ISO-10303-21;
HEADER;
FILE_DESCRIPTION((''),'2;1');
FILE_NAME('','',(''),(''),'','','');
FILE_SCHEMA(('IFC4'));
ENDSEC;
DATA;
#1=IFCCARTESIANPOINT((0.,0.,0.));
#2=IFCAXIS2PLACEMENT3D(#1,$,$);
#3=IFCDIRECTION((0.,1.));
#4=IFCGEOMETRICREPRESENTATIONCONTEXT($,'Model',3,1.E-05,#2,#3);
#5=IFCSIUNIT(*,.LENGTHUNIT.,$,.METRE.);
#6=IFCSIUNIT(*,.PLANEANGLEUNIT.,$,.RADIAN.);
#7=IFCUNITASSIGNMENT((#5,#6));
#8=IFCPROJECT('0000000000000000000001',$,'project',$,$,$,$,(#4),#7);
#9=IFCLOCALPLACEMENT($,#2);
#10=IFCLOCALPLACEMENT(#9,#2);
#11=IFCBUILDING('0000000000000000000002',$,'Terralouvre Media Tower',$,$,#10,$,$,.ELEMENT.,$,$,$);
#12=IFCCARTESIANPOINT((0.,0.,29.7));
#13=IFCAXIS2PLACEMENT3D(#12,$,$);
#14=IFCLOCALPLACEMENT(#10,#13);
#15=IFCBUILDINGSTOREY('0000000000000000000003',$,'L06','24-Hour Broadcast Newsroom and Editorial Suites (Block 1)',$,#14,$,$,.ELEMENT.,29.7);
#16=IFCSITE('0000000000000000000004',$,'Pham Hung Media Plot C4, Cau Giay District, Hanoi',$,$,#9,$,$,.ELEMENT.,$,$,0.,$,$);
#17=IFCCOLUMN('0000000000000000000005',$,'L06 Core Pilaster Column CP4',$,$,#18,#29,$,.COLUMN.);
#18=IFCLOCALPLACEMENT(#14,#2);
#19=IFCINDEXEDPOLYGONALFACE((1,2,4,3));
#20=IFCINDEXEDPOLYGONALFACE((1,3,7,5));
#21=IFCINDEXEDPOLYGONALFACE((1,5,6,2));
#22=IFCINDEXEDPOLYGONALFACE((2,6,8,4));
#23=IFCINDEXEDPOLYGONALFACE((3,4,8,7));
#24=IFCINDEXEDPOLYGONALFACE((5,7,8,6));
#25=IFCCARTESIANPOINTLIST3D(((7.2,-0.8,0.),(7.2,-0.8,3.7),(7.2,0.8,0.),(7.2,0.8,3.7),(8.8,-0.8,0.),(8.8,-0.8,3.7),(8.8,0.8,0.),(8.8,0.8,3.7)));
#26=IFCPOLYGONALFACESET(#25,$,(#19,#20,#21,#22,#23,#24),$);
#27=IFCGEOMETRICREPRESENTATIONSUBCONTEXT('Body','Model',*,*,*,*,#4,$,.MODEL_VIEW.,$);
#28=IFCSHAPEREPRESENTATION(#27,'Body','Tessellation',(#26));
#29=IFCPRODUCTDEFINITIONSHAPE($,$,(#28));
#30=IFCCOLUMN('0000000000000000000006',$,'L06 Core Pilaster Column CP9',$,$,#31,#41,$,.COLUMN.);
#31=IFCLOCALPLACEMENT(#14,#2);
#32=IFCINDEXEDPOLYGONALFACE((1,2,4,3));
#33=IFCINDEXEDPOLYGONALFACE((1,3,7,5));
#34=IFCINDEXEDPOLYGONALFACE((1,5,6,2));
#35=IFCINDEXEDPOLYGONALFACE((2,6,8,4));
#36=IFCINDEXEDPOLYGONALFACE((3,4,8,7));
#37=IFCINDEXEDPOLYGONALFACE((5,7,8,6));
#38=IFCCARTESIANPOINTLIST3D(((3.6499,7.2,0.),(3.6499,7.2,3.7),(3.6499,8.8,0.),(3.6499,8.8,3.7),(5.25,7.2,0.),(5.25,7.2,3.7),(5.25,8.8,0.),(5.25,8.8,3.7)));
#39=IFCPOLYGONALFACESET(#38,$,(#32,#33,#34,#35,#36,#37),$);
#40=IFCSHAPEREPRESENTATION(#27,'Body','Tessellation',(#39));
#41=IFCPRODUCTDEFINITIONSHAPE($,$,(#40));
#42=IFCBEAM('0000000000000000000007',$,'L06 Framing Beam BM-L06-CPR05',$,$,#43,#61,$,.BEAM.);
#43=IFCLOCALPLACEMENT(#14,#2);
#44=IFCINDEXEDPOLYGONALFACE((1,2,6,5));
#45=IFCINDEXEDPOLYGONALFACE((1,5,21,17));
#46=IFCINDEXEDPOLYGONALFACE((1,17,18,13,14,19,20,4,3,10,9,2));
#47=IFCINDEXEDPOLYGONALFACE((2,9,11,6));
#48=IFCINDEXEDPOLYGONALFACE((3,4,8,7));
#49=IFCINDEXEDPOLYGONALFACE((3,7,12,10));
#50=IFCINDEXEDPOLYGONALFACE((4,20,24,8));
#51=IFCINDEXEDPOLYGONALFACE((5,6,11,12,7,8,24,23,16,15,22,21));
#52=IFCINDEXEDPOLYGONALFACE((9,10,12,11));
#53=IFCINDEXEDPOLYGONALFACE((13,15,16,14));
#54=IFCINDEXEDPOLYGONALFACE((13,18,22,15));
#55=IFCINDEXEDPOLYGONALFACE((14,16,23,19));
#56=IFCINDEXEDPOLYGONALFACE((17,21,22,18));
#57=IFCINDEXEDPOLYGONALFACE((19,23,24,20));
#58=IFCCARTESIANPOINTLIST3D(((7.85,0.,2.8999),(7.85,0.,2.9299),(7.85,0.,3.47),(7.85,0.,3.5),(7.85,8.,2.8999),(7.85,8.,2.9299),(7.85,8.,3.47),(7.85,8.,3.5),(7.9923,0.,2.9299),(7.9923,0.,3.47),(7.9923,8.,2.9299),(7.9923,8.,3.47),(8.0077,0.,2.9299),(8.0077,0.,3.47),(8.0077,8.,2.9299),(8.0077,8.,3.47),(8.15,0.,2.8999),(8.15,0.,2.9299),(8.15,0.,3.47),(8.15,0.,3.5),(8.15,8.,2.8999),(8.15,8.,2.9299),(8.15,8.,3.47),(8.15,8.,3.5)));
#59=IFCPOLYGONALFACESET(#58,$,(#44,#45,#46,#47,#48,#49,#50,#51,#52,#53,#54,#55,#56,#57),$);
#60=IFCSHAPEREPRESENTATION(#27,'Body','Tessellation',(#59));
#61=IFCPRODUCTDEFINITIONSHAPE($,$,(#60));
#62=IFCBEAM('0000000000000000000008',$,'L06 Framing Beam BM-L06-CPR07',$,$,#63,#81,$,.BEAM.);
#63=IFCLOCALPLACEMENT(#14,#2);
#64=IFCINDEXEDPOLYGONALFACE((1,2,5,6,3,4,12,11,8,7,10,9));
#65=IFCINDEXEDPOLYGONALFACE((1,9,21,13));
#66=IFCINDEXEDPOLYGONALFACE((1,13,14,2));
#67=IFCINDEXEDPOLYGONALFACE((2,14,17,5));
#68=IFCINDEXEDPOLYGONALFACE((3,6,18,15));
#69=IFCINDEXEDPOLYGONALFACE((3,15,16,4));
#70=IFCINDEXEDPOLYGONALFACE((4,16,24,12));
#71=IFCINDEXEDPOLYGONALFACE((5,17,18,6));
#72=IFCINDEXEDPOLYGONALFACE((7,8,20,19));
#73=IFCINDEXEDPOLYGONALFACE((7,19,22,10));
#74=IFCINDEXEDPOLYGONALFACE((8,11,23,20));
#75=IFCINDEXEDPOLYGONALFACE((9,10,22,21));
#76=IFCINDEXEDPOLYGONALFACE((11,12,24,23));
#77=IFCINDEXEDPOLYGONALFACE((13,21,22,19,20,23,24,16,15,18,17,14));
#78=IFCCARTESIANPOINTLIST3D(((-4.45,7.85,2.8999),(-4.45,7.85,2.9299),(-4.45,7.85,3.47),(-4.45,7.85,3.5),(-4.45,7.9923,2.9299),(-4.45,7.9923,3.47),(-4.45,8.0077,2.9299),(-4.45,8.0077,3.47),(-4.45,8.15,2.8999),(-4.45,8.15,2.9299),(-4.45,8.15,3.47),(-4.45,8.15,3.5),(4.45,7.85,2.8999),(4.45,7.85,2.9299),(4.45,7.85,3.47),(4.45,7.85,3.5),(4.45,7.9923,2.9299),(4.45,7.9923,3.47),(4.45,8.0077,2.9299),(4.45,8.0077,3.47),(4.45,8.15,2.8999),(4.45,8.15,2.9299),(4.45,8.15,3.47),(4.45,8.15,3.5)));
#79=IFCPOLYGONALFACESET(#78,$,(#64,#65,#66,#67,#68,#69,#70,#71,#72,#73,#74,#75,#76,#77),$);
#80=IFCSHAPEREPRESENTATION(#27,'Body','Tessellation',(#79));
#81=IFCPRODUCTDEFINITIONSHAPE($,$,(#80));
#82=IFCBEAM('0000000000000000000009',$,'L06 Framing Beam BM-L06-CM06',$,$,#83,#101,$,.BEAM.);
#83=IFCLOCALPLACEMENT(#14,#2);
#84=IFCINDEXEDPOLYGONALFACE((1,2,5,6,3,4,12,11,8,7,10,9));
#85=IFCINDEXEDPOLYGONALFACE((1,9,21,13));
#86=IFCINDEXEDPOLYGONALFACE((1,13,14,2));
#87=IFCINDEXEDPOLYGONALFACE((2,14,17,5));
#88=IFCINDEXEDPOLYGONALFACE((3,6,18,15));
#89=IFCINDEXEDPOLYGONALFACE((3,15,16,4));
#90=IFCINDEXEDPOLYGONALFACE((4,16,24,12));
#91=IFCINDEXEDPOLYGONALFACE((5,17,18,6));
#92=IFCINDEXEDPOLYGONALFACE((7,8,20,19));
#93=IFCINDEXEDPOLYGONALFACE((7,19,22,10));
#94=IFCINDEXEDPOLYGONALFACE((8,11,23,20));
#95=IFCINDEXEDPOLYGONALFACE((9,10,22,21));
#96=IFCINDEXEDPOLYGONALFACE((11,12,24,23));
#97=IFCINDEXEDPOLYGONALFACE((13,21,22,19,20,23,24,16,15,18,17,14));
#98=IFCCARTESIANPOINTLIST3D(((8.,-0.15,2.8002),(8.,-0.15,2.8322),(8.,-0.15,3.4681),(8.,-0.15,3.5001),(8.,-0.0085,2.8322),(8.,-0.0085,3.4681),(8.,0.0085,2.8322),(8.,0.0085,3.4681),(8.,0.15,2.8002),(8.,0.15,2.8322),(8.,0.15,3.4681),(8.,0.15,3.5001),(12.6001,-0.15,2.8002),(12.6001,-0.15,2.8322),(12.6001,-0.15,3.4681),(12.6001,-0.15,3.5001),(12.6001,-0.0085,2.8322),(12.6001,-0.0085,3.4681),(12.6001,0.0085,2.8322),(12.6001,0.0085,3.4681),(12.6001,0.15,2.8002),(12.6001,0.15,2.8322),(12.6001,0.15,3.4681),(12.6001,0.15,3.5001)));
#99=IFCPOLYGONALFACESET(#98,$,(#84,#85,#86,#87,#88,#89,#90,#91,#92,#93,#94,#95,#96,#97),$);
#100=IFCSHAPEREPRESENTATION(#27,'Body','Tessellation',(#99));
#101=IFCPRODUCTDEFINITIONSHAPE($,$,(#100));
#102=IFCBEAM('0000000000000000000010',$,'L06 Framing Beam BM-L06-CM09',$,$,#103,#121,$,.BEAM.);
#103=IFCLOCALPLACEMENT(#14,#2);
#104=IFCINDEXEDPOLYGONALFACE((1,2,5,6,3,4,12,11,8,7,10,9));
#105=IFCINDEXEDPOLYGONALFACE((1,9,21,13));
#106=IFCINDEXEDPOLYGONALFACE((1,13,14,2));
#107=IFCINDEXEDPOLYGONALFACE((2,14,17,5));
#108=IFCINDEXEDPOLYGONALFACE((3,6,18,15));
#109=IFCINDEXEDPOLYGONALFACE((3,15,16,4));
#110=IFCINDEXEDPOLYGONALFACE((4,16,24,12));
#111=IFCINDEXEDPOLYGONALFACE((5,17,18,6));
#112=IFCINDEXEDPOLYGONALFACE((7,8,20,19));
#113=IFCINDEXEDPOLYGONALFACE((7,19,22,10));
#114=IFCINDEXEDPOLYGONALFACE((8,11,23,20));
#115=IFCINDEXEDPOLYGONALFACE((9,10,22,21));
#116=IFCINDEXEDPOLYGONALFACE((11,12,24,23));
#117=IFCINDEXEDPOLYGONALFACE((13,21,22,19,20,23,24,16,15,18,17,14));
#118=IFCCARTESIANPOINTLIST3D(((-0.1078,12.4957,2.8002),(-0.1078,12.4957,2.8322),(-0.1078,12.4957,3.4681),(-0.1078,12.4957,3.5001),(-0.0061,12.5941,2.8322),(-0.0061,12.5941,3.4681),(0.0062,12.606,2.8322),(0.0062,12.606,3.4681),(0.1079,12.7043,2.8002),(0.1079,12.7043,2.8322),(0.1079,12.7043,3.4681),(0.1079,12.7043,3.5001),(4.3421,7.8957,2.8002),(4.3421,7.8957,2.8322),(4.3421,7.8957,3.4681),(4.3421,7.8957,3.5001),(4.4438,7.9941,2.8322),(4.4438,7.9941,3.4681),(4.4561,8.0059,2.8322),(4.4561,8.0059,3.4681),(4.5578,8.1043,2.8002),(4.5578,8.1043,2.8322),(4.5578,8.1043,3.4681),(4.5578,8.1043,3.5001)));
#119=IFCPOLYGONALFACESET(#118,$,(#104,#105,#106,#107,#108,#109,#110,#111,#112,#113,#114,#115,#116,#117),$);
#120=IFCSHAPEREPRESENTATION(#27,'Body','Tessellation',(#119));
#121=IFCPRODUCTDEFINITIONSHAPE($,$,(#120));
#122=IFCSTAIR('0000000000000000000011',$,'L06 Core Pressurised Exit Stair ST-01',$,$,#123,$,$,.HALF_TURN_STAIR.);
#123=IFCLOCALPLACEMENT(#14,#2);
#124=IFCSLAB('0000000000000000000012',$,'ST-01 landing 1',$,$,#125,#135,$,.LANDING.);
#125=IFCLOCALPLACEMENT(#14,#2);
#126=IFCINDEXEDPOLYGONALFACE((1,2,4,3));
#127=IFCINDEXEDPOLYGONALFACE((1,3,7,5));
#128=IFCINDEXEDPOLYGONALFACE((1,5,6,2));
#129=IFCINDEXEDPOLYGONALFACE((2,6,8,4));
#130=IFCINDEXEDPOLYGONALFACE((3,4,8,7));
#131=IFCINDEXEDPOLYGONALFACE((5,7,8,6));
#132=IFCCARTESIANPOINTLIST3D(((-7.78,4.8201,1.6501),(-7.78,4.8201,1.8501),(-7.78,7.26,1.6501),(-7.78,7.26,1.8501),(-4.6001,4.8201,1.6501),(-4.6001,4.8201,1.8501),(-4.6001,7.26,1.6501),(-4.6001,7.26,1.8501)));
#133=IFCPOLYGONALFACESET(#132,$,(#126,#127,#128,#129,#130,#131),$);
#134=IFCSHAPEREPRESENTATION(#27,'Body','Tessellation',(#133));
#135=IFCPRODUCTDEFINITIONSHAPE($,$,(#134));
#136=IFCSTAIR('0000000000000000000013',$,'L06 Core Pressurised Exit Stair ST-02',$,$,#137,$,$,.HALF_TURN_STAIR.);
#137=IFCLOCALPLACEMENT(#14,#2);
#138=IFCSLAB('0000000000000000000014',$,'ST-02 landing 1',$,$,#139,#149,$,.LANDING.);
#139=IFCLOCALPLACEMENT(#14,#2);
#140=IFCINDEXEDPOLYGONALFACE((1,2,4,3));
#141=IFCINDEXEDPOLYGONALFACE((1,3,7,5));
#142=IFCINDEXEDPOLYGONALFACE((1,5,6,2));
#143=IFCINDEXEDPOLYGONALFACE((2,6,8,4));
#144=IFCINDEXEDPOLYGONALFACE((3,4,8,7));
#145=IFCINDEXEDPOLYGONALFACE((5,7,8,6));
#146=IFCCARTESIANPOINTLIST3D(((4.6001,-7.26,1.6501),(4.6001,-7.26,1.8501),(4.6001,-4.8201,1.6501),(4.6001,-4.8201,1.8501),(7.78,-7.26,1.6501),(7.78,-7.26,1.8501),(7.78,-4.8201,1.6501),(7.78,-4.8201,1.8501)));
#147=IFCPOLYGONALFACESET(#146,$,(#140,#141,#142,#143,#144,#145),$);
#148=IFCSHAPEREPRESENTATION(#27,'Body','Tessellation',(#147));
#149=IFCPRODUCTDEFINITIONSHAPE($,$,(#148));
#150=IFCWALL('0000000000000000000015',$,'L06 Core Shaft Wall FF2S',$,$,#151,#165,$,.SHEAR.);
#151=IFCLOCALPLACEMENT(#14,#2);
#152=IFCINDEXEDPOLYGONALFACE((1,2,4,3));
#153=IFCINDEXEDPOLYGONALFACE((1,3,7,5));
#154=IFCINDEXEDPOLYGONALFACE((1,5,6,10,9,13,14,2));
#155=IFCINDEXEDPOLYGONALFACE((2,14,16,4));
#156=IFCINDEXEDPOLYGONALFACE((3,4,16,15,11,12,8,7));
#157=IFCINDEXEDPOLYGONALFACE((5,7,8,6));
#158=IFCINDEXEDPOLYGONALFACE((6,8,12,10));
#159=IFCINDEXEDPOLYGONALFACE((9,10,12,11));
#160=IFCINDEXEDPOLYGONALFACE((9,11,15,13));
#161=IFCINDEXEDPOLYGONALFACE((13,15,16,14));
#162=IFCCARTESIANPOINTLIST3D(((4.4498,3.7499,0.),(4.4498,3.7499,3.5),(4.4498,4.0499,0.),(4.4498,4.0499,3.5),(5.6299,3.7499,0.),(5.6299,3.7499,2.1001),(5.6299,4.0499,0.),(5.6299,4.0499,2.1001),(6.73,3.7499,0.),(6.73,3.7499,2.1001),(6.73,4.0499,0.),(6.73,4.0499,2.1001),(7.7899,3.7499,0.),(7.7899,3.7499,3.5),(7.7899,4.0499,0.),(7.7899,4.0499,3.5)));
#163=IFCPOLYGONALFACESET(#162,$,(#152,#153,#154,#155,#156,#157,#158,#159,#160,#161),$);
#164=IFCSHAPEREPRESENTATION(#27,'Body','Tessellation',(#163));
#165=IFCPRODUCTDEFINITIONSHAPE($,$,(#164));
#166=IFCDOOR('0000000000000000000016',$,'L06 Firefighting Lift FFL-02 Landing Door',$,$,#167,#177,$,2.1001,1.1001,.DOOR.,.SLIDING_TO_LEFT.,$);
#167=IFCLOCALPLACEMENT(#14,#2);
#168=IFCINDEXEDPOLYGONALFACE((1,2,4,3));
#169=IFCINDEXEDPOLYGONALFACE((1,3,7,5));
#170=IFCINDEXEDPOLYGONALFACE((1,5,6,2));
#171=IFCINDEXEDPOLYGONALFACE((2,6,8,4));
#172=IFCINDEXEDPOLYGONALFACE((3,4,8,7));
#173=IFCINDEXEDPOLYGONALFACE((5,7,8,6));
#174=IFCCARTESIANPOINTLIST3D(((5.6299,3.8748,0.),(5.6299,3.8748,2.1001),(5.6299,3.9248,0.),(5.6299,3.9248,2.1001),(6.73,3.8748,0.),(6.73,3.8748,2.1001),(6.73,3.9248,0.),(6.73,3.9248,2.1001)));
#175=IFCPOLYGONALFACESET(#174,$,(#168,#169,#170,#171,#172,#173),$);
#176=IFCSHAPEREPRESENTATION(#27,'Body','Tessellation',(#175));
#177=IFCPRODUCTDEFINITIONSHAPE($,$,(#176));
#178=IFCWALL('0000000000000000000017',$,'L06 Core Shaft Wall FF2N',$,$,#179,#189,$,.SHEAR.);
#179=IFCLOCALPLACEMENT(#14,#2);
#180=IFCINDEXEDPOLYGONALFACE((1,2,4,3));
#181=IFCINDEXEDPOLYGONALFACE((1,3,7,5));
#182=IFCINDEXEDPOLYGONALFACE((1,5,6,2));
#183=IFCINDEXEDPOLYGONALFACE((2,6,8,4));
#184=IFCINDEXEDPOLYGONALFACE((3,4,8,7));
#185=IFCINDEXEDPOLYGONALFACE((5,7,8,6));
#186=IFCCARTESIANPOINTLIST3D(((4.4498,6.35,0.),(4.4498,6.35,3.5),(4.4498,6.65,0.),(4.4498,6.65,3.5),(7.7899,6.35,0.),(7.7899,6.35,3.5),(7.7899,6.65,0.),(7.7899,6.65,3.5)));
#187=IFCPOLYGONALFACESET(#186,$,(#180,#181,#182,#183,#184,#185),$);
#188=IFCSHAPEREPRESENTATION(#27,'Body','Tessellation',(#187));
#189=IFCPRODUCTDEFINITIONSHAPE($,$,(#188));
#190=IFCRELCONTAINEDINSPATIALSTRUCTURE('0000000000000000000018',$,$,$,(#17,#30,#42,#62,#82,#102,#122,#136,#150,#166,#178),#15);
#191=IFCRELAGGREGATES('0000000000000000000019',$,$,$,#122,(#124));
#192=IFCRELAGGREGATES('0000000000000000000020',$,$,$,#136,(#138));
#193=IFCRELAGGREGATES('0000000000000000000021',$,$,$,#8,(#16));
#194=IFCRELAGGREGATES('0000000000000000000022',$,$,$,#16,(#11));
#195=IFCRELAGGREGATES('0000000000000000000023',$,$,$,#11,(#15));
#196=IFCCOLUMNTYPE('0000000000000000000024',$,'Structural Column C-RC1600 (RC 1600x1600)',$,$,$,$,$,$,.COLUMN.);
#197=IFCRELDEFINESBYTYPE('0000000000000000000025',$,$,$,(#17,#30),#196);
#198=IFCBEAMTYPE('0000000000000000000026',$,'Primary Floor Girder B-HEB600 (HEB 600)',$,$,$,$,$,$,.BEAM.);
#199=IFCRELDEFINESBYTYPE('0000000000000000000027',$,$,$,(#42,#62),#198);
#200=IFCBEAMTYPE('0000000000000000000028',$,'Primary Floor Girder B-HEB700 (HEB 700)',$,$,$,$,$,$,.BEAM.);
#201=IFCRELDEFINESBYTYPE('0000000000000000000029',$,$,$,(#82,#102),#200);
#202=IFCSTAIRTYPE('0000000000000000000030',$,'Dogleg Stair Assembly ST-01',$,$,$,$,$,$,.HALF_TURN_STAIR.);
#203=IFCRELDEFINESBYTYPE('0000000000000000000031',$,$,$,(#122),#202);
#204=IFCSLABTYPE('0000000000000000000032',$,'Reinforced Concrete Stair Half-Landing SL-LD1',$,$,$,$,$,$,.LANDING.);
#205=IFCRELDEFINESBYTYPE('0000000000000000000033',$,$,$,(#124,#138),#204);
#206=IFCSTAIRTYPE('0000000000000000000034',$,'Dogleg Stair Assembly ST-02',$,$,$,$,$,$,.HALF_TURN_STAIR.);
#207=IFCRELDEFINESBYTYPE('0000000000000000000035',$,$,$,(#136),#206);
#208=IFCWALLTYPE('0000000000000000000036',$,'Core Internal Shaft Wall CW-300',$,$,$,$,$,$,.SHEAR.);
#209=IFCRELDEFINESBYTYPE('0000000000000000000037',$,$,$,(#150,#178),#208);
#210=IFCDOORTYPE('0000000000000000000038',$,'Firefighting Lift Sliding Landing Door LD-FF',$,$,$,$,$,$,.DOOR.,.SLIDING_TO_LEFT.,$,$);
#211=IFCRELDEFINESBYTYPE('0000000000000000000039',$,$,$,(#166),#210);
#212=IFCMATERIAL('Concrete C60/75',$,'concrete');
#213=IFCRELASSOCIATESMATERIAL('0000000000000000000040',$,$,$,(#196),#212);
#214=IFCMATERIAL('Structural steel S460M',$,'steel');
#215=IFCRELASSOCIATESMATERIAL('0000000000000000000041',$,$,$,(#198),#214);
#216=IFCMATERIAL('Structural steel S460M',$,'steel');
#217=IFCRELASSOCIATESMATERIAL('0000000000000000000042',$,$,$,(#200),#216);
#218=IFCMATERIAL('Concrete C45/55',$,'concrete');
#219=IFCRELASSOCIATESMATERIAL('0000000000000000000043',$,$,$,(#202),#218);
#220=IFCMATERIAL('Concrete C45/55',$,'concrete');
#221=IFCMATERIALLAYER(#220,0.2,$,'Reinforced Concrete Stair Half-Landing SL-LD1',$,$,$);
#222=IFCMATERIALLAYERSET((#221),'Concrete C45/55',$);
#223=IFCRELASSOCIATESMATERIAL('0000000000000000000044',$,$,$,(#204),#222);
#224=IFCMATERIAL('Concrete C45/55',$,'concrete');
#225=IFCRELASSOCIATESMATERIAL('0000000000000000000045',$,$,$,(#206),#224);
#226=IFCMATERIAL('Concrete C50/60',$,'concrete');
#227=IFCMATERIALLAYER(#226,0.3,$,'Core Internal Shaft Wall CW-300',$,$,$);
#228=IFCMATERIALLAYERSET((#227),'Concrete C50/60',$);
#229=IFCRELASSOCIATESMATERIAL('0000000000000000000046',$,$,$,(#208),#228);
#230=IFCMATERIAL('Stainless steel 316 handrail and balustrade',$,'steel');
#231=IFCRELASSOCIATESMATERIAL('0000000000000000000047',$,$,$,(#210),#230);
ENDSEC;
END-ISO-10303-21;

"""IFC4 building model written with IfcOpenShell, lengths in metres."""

from ifc_helpers import new_model, si_unit, direction, frame, frame_2d, origin, origin_2d, place, context, subcontext, project, spatial, polyline, rectangle, i_section, outline, extrude, material, layer, layer_set, material_profile, profile_set, type_object, element, fill, aggregate, save


model = new_model("IFC4")

# Units and contexts
model_context = context("Model", 3, precision=1e-05, world=origin(), true_north=direction((0.0, 1.0)))
body_context = subcontext(model_context, "Body", "Model", "MODEL_VIEW")
ifc_project = project(units=[si_unit("LENGTHUNIT", "METRE"), si_unit("PLANEANGLEUNIT", "RADIAN")], contexts=[model_context])

# Site, building, storey
site_placement = place(None, origin())
site = spatial("IfcSite", under=ifc_project, at=site_placement, Name="Pham Hung Media Plot C4, Cau Giay District, Hanoi", CompositionType="ELEMENT", RefElevation=0.0)
building_placement = place(site_placement, origin())
building = spatial("IfcBuilding", under=site, at=building_placement, Name="Terralouvre Media Tower", CompositionType="ELEMENT")
storey_placement = place(building_placement, frame((0.0, 0.0, 29.7)))
storey = spatial("IfcBuildingStorey", under=building, at=storey_placement, Name="L06", Description="24-Hour Broadcast Newsroom and Editorial Suites (Block 1)", CompositionType="ELEMENT", Elevation=29.7)

# Columns
ifc_material_1 = material(Name="Concrete C60/75", Category="concrete")
ifc_material_profile_1 = material_profile(ifc_material_1, rectangle(XDim=1.6001, YDim=1.6001, at=origin_2d()), Name="RC 1600x1600")
ifc_profile_set_1 = profile_set([ifc_material_profile_1], Name="Concrete C60/75")
column_type = type_object("IfcColumnType", Name="Structural Column C-RC1600 (RC 1600x1600)", PredefinedType="COLUMN", material=ifc_profile_set_1)
for number, where, z_axis, x_axis, name in (
    (1, (8.0, 0.0, 0.0), (0.0, 0.0, 1.0), (1.0, 0.0, 0.0), "L06 Core Pilaster Column CP4"),
    (2, (4.45, 8.0, 0.0), (0.0, 0.0, 1.0), (1.0, 0.0, 0.0), "L06 Core Pilaster Column CP9"),
):
    element("IfcColumn", number, at=place(storey_placement, frame(where, z_axis=z_axis, x_axis=x_axis)), inside=storey, type_object=column_type, Name=name, PredefinedType="COLUMN", context=body_context, shape_type="SweptSolid", body=[
        extrude(rectangle(XDim=1.6001, YDim=1.6001, at=origin_2d()), origin(), (0.0, 0.0, 1.0), 3.7),
    ])

# Beams
ifc_material_2 = material(Name="Structural steel S460M", Category="steel")
ifc_material_profile_2 = material_profile(ifc_material_2, i_section(OverallWidth=0.3, OverallDepth=0.6001, WebThickness=0.0154, FlangeThickness=0.03, at=origin_2d()), Name="HEB 600")
ifc_profile_set_2 = profile_set([ifc_material_profile_2], Name="Structural steel S460M")
beam_type_1 = type_object("IfcBeamType", Name="Primary Floor Girder B-HEB600 (HEB 600)", PredefinedType="BEAM", material=ifc_profile_set_2)
beam_1_placement = place(storey_placement, frame((8.0, 0.0, 3.2), z_axis=(0.0, 1.0, 0.0), x_axis=(-1.0, 0.0, 0.0)))
element("IfcBeam", 3, at=beam_1_placement, inside=storey, type_object=beam_type_1, Name="L06 Framing Beam BM-L06-CPR05", PredefinedType="BEAM", context=body_context, shape_type="SweptSolid", body=[
    extrude(i_section(OverallWidth=0.3, OverallDepth=0.6001, WebThickness=0.0154, FlangeThickness=0.03, at=origin_2d()), origin(), (0.0, 0.0, 1.0), 8.0),
])
beam_2_placement = place(storey_placement, frame((4.45, 8.0, 3.2), z_axis=(-1.0, 0.0, 0.0), x_axis=(0.0, -1.0, 0.0)))
element("IfcBeam", 4, at=beam_2_placement, inside=storey, type_object=beam_type_1, Name="L06 Framing Beam BM-L06-CPR07", PredefinedType="BEAM", context=body_context, shape_type="SweptSolid", body=[
    extrude(i_section(OverallWidth=0.3, OverallDepth=0.6001, WebThickness=0.0154, FlangeThickness=0.03, at=origin_2d()), origin(), (0.0, 0.0, 1.0), 8.8999),
])
ifc_material_3 = material(Name="Structural steel S460M", Category="steel")
ifc_material_profile_3 = material_profile(ifc_material_3, i_section(OverallWidth=0.3, OverallDepth=0.7, WebThickness=0.0171, FlangeThickness=0.032, at=origin_2d()), Name="HEB 700")
ifc_profile_set_3 = profile_set([ifc_material_profile_3], Name="Structural steel S460M")
beam_type_2 = type_object("IfcBeamType", Name="Primary Floor Girder B-HEB700 (HEB 700)", PredefinedType="BEAM", material=ifc_profile_set_3)
beam_3_placement = place(storey_placement, frame((8.0, 0.0, 3.1501), z_axis=(1.0, 0.0, 0.0), x_axis=(0.0, 1.0, 0.0)))
element("IfcBeam", 5, at=beam_3_placement, inside=storey, type_object=beam_type_2, Name="L06 Framing Beam BM-L06-CM06", PredefinedType="BEAM", context=body_context, shape_type="SweptSolid", body=[
    extrude(i_section(OverallWidth=0.3, OverallDepth=0.7, WebThickness=0.0171, FlangeThickness=0.032, at=origin_2d()), origin(), (0.0, 0.0, 1.0), 4.6001),
])
beam_4_placement = place(storey_placement, frame((4.45, 8.0, 3.1501), z_axis=(-0.69528, 0.718739, 0.0), x_axis=(-0.718739, -0.69528, 0.0)))
element("IfcBeam", 6, at=beam_4_placement, inside=storey, type_object=beam_type_2, Name="L06 Framing Beam BM-L06-CM09", PredefinedType="BEAM", context=body_context, shape_type="SweptSolid", body=[
    extrude(i_section(OverallWidth=0.3, OverallDepth=0.7, WebThickness=0.0171, FlangeThickness=0.032, at=origin_2d()), origin(), (0.0, 0.0, 1.0), 6.4001),
])

# Stairs, slabs
ifc_material_4 = material(Name="Concrete C45/55", Category="concrete")
stair_type_1 = type_object("IfcStairType", Name="Dogleg Stair Assembly ST-01", PredefinedType="HALF_TURN_STAIR", material=ifc_material_4)
stair_1_placement = place(storey_placement, origin())
stair_1 = element("IfcStair", 7, at=stair_1_placement, inside=storey, type_object=stair_type_1, Name="L06 Core Pressurised Exit Stair ST-01", PredefinedType="HALF_TURN_STAIR")
ifc_material_5 = material(Name="Concrete C45/55", Category="concrete")
ifc_layer_1 = layer(ifc_material_5, 0.2, Name="Reinforced Concrete Stair Half-Landing SL-LD1")
ifc_layer_set_1 = layer_set([ifc_layer_1], Name="Concrete C45/55")
slab_type = type_object("IfcSlabType", Name="Reinforced Concrete Stair Half-Landing SL-LD1", PredefinedType="LANDING", material=ifc_layer_set_1)
slab_1_placement = place(storey_placement, frame((0.0, 0.0, 1.6501)))
slab_1 = element("IfcSlab", 8, at=slab_1_placement, type_object=slab_type, Name="ST-01 landing 1", PredefinedType="LANDING", context=body_context, shape_type="SweptSolid", body=[
    extrude(outline(polyline([(-4.6001, 4.8201), (-4.6001, 7.26), (-7.78, 7.26), (-7.78, 4.8201), (-4.6001, 4.8201)])), origin(), (0.0, 0.0, 1.0), 0.2),
])
aggregate(stair_1, [slab_1])
ifc_material_6 = material(Name="Concrete C45/55", Category="concrete")
stair_type_2 = type_object("IfcStairType", Name="Dogleg Stair Assembly ST-02", PredefinedType="HALF_TURN_STAIR", material=ifc_material_6)
stair_2_placement = place(storey_placement, origin())
stair_2 = element("IfcStair", 9, at=stair_2_placement, inside=storey, type_object=stair_type_2, Name="L06 Core Pressurised Exit Stair ST-02", PredefinedType="HALF_TURN_STAIR")
slab_2_placement = place(storey_placement, frame((0.0, 0.0, 1.6501)))
slab_2 = element("IfcSlab", 10, at=slab_2_placement, type_object=slab_type, Name="ST-02 landing 1", PredefinedType="LANDING", context=body_context, shape_type="SweptSolid", body=[
    extrude(outline(polyline([(4.6001, -4.8201), (4.6001, -7.26), (7.78, -7.26), (7.78, -4.8201), (4.6001, -4.8201)])), origin(), (0.0, 0.0, 1.0), 0.2),
])
aggregate(stair_2, [slab_2])

# Wall, opening, door
ifc_material_7 = material(Name="Concrete C50/60", Category="concrete")
ifc_layer_2 = layer(ifc_material_7, 0.3, Name="Core Internal Shaft Wall CW-300")
ifc_layer_set_2 = layer_set([ifc_layer_2], Name="Concrete C50/60")
wall_type = type_object("IfcWallType", Name="Core Internal Shaft Wall CW-300", PredefinedType="SHEAR", material=ifc_layer_set_2)
wall_1_placement = place(storey_placement, frame((4.45, 3.8999, 0.0), z_axis=(0.0, 0.0, 1.0), x_axis=(1.0, 0.0, 0.0)))
wall_1 = element("IfcWall", 11, at=wall_1_placement, inside=storey, type_object=wall_type, Name="L06 Core Shaft Wall FF2S", PredefinedType="SHEAR", context=body_context, shape_type="SweptSolid", body=[
    extrude(rectangle(XDim=3.3401, YDim=0.3, at=frame_2d((1.6699, 0.0))), origin(), (0.0, 0.0, 1.0), 3.5),
])
opening_1_placement = place(wall_1_placement, frame((1.1799, 0.0, 0.0)))
opening_1 = element("IfcOpeningElement", 12, at=opening_1_placement, cuts=wall_1, PredefinedType="OPENING", context=body_context, shape_type="SweptSolid", body=[
    extrude(rectangle(XDim=1.1001, YDim=2.1001, at=frame_2d((0.55, 1.05))), frame((0.0, 0.1599, 0.0), z_axis=(0.0, -1.0, 0.0), x_axis=(1.0, 0.0, 0.0)), (0.0, 0.0, 1.0), 0.3201),
])
ifc_material_8 = material(Name="Stainless steel 316 handrail and balustrade", Category="steel")
door_type_1 = type_object("IfcDoorType", Name="Firefighting Lift Sliding Landing Door LD-FF", OperationType="SLIDING_TO_LEFT", PredefinedType="DOOR", material=ifc_material_8)
door_1_placement = place(opening_1_placement, origin())
door_1 = element("IfcDoor", 13, at=door_1_placement, inside=storey, type_object=door_type_1, Name="L06 Firefighting Lift FFL-02 Landing Door", OperationType="SLIDING_TO_LEFT", OverallHeight=2.1001, OverallWidth=1.1001, PredefinedType="DOOR", context=body_context, shape_type="SweptSolid", body=[
    extrude(rectangle(XDim=1.1001, YDim=2.1001, at=frame_2d((0.55, 1.05))), frame((0.0, 0.0249, 0.0), z_axis=(0.0, -1.0, 0.0), x_axis=(1.0, 0.0, 0.0)), (0.0, 0.0, 1.0), 0.05),
])
fill(opening_1, door_1)

# Wall
wall_2_placement = place(storey_placement, frame((4.45, 6.5, 0.0), z_axis=(0.0, 0.0, 1.0), x_axis=(1.0, 0.0, 0.0)))
element("IfcWall", 14, at=wall_2_placement, inside=storey, type_object=wall_type, Name="L06 Core Shaft Wall FF2N", PredefinedType="SHEAR", context=body_context, shape_type="SweptSolid", body=[
    extrude(rectangle(XDim=3.3401, YDim=0.3, at=frame_2d((1.6699, 0.0))), origin(), (0.0, 0.0, 1.0), 3.5),
])

save(model, "model.ifc")
